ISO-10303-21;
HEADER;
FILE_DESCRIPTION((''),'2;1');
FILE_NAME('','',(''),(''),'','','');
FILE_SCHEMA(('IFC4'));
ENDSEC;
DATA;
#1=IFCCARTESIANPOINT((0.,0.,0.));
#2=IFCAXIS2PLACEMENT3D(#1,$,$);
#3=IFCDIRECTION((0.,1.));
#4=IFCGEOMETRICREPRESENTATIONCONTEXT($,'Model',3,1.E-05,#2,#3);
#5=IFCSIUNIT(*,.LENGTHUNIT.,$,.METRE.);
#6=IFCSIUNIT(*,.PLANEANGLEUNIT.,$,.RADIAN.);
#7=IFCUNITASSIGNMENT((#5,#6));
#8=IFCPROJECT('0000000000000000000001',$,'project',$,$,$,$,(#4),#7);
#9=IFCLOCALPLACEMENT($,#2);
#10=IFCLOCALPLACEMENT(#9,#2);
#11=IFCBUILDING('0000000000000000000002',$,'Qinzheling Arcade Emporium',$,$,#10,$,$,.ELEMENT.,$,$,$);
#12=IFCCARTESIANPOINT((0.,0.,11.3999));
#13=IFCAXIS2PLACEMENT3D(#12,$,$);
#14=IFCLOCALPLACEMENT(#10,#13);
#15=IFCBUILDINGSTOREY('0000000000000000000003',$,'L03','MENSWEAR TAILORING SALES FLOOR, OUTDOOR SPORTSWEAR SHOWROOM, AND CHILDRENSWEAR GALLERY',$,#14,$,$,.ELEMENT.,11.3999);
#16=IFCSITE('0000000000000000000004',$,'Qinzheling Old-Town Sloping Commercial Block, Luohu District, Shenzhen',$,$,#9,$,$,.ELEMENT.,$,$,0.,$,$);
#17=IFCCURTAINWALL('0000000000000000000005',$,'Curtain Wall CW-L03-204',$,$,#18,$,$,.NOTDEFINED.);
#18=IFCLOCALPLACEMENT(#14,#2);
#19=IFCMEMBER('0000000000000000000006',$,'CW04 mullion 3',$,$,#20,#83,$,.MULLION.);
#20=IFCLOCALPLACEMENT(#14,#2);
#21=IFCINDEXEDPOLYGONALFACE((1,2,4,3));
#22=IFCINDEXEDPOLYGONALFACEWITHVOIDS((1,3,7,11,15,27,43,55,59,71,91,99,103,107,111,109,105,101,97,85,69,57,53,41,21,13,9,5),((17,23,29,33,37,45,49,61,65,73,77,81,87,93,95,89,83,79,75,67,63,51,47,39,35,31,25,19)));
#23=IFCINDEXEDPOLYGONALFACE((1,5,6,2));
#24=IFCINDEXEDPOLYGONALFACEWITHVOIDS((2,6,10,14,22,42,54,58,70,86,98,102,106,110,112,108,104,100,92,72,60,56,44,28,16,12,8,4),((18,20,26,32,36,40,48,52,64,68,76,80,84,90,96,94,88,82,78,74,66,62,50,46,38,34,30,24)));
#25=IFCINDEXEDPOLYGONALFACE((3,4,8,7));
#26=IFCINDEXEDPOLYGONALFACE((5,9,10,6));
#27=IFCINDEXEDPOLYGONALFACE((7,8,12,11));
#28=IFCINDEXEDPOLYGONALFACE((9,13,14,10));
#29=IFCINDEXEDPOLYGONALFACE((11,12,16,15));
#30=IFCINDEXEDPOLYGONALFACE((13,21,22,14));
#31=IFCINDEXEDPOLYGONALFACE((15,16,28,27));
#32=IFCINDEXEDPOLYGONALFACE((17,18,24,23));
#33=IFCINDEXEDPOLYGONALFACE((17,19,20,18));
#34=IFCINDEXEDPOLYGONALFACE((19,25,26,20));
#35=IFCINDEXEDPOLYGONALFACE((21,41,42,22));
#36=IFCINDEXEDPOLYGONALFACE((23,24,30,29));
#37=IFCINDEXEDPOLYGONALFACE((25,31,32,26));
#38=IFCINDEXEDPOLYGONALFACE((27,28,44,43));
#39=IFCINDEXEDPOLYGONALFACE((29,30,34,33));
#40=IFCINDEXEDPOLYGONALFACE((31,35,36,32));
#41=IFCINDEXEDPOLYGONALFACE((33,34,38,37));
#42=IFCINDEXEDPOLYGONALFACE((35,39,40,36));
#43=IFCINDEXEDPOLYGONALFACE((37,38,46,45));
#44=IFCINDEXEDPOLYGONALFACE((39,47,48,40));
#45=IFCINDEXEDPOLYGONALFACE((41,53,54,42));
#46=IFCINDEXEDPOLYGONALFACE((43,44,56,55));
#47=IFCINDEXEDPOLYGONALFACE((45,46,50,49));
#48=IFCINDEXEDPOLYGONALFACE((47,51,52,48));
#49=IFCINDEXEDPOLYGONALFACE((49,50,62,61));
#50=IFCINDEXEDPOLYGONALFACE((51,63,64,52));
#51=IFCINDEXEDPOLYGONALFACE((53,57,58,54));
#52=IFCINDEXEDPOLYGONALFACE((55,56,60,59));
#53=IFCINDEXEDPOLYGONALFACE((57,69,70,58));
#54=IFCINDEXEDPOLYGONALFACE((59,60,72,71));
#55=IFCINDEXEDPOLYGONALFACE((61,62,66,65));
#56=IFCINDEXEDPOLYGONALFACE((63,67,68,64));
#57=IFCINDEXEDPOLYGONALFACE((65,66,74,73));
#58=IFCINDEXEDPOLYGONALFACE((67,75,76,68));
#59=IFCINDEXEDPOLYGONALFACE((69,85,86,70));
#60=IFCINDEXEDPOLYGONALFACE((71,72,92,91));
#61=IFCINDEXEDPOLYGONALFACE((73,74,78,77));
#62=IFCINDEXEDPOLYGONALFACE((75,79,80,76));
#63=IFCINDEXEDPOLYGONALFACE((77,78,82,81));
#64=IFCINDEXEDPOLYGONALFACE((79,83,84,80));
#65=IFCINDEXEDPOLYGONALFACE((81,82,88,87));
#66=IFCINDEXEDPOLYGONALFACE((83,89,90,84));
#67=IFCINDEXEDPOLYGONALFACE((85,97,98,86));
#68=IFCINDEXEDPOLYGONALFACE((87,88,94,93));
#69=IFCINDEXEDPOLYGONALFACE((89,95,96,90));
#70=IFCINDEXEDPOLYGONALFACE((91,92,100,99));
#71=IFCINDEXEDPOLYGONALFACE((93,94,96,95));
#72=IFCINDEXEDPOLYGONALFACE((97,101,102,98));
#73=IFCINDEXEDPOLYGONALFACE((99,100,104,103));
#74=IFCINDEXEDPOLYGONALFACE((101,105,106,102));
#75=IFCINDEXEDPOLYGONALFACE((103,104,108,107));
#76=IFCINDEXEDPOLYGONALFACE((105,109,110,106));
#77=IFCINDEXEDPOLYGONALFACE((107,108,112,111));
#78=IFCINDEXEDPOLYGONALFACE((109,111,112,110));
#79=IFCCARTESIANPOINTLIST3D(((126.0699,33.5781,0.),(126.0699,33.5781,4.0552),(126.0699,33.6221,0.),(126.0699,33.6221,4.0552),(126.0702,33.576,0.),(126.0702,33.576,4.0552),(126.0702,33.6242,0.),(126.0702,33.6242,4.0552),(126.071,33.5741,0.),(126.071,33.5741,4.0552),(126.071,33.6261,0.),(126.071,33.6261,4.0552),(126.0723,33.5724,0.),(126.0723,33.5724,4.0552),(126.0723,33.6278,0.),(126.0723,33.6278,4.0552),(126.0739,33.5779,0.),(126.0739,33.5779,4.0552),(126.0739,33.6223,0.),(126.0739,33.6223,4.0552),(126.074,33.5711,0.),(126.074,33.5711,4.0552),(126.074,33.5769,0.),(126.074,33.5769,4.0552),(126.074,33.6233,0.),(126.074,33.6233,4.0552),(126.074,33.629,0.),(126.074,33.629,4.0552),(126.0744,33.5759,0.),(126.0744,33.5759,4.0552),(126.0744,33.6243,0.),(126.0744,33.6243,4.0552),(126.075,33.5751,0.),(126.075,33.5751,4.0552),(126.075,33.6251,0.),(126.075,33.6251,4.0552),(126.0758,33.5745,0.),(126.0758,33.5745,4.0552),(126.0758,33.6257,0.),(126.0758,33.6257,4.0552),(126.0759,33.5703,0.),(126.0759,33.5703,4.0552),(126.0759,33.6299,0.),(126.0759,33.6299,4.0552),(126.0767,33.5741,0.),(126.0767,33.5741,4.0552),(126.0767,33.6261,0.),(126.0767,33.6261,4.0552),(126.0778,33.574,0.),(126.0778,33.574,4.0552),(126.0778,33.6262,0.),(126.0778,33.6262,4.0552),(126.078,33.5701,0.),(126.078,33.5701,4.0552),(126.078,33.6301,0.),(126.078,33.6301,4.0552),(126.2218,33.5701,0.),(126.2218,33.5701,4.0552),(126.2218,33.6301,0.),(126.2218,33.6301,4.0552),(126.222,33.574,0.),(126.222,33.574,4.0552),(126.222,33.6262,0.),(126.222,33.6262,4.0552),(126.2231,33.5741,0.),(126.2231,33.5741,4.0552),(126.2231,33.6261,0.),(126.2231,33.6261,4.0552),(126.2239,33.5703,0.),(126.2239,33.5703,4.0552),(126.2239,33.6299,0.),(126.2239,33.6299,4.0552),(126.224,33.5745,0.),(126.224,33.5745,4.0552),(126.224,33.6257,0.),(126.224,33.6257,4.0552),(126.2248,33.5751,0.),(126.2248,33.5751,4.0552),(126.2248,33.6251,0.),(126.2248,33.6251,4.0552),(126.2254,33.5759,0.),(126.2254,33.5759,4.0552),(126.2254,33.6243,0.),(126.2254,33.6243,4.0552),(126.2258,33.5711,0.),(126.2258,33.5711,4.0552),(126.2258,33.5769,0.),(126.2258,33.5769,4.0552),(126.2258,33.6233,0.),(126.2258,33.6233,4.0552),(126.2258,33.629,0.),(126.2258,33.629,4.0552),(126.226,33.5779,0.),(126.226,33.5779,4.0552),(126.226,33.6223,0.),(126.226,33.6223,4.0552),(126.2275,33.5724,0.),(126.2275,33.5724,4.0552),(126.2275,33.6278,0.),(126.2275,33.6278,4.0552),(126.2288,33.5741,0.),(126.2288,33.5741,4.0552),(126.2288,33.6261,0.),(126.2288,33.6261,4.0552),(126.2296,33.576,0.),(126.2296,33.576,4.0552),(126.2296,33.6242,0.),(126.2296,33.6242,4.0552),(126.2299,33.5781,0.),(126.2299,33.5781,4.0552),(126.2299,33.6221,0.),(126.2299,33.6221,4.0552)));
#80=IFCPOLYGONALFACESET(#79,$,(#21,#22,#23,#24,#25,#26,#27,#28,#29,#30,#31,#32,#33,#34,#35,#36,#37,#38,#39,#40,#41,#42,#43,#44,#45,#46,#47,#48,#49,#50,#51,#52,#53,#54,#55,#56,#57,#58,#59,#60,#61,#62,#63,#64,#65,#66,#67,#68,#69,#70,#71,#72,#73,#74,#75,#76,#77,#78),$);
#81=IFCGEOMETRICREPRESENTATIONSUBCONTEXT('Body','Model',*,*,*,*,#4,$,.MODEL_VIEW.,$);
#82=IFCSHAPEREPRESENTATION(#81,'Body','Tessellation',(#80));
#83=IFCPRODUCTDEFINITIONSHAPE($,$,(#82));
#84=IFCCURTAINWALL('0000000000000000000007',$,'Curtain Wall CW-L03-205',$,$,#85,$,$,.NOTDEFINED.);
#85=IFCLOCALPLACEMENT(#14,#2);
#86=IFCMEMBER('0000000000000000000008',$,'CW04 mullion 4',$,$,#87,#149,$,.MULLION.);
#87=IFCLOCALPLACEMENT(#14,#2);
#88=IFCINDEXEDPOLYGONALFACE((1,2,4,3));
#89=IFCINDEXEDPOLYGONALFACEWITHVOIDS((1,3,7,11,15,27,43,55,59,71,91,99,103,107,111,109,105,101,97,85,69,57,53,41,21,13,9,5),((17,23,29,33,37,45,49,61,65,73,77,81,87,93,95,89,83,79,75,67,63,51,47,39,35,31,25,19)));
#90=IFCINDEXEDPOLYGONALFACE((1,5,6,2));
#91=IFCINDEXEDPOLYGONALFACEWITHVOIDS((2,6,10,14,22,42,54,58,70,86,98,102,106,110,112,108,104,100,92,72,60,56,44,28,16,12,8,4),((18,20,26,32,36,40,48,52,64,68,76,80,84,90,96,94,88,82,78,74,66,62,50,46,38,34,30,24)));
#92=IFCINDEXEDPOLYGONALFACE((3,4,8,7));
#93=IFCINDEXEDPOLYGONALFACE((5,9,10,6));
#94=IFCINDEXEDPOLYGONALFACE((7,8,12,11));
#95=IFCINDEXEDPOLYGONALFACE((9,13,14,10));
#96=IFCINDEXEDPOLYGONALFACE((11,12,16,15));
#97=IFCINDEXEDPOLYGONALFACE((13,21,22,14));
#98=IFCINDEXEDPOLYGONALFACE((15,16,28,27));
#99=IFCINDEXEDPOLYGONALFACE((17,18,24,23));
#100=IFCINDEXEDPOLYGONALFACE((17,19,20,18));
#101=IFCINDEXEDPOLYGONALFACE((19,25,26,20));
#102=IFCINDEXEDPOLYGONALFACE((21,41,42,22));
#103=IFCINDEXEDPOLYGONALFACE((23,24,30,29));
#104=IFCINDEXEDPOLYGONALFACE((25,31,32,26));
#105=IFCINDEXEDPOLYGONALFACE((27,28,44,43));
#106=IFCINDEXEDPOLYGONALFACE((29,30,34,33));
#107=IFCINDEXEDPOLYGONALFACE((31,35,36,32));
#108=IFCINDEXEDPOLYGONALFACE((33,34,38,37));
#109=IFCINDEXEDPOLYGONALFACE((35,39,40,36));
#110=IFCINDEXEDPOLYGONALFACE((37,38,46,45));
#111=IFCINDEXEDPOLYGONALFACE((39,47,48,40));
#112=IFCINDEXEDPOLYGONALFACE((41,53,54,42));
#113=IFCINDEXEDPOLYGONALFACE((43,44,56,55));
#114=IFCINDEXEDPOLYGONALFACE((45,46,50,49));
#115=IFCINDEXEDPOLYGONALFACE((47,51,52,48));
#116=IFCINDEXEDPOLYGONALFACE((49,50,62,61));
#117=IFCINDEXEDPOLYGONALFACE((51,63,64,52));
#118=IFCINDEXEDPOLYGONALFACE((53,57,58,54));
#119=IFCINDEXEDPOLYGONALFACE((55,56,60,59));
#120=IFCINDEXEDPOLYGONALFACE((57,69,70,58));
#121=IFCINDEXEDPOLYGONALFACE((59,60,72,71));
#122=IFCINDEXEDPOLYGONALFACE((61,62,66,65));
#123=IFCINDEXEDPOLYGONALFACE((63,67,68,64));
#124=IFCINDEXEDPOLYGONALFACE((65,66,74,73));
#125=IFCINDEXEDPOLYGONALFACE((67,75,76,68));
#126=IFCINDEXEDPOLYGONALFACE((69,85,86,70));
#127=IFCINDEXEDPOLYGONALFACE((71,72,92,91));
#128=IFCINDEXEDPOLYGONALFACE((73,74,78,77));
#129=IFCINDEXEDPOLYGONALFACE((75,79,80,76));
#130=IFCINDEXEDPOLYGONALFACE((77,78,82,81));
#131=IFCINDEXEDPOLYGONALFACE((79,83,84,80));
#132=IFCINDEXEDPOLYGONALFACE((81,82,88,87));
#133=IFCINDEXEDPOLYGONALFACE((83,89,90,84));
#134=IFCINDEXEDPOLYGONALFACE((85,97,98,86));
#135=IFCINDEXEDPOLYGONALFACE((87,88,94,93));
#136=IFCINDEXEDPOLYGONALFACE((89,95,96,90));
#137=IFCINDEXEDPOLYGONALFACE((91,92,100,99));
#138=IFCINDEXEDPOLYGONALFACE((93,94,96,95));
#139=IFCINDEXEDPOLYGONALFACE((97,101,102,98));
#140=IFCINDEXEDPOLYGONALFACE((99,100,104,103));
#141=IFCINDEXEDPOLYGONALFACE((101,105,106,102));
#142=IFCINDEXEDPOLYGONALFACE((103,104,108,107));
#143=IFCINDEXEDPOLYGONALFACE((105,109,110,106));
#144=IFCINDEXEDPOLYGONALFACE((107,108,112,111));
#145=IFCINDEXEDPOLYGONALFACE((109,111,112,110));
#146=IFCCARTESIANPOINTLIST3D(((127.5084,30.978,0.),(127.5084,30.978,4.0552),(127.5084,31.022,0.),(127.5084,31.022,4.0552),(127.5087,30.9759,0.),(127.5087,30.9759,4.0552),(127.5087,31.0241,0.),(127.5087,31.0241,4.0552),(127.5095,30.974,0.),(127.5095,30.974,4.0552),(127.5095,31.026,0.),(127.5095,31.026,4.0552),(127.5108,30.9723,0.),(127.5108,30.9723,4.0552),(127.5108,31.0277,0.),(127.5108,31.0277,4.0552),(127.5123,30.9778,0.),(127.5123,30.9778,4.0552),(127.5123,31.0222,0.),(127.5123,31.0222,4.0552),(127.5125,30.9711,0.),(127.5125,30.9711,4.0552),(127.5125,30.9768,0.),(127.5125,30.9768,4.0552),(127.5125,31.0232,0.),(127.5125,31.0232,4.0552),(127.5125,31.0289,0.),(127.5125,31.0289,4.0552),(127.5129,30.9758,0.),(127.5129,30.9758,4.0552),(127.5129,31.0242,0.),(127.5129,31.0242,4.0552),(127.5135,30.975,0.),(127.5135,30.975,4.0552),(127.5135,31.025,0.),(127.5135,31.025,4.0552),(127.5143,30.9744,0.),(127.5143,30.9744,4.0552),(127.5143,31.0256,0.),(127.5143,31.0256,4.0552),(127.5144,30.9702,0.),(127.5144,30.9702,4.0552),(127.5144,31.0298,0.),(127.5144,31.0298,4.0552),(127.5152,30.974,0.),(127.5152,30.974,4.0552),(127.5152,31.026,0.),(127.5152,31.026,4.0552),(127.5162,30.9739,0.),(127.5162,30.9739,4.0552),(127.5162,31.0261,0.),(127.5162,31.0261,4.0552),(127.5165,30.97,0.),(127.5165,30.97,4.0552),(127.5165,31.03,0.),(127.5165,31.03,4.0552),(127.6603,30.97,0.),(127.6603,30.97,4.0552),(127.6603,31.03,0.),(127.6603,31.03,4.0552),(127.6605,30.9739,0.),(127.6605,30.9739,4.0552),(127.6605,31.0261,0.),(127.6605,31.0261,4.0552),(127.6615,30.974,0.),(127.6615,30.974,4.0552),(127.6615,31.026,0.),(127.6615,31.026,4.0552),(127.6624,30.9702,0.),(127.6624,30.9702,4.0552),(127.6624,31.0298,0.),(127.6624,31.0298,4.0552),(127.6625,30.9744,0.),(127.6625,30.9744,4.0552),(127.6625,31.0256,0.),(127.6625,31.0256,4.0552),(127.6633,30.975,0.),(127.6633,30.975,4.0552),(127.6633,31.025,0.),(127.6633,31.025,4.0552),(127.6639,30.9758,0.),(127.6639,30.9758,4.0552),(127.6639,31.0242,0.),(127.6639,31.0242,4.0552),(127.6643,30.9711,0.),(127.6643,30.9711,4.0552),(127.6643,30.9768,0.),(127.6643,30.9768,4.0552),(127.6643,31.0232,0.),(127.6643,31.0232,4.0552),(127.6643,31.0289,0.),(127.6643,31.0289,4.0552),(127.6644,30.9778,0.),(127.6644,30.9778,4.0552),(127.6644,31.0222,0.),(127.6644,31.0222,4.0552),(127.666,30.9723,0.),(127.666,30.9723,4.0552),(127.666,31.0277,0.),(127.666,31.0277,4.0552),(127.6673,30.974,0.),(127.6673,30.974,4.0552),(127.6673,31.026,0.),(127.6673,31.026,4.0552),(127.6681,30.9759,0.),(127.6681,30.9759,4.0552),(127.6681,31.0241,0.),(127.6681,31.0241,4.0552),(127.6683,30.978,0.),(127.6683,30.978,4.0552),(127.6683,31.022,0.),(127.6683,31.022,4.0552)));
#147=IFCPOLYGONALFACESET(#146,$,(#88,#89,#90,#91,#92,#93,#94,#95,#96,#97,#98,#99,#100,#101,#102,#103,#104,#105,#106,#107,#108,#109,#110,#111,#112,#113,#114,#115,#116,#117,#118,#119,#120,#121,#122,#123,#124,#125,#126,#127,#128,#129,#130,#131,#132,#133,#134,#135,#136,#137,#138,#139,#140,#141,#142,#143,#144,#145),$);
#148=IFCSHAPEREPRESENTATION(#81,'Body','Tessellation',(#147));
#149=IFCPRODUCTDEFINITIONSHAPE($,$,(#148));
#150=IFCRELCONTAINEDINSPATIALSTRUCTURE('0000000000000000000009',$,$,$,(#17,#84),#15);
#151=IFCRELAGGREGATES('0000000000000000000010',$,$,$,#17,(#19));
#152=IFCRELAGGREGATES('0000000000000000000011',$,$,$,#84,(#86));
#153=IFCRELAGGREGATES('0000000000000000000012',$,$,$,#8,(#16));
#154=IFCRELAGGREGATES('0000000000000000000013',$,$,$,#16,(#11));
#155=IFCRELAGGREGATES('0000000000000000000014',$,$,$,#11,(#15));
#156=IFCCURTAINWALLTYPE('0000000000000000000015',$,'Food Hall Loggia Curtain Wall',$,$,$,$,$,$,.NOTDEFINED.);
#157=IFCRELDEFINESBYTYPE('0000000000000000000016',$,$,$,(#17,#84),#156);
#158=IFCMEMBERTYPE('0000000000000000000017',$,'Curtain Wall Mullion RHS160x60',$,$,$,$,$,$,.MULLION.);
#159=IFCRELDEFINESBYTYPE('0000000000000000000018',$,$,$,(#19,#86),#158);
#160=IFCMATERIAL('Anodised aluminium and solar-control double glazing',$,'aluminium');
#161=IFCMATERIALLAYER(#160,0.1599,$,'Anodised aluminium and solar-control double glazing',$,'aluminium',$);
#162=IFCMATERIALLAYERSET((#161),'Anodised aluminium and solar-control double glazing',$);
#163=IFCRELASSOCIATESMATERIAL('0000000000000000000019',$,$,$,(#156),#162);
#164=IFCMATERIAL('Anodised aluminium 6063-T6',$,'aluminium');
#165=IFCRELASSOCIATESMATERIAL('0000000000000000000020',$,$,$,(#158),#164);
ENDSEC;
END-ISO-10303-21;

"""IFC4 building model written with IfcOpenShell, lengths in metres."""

from ifc_helpers import new_model, si_unit, direction, frame, origin, origin_2d, place, context, subcontext, project, spatial, hollow_rectangle, extrude, material, layer, layer_set, material_profile, profile_set, type_object, element, aggregate, save


model = new_model("IFC4")

# Units and contexts
model_context = context("Model", 3, precision=1e-05, world=origin(), true_north=direction((0.0, 1.0)))
body_context = subcontext(model_context, "Body", "Model", "MODEL_VIEW")
ifc_project = project(units=[si_unit("LENGTHUNIT", "METRE"), si_unit("PLANEANGLEUNIT", "RADIAN")], contexts=[model_context])

# Site, building, storey
site_placement = place(None, origin())
site = spatial("IfcSite", under=ifc_project, at=site_placement, Name="Qinzheling Old-Town Sloping Commercial Block, Luohu District, Shenzhen", CompositionType="ELEMENT", RefElevation=0.0)
building_placement = place(site_placement, origin())
building = spatial("IfcBuilding", under=site, at=building_placement, Name="Qinzheling Arcade Emporium", CompositionType="ELEMENT")
storey_placement = place(building_placement, frame((0.0, 0.0, 11.3999)))
storey = spatial("IfcBuildingStorey", under=building, at=storey_placement, Name="L03", Description="MENSWEAR TAILORING SALES FLOOR, OUTDOOR SPORTSWEAR SHOWROOM, AND CHILDRENSWEAR GALLERY", CompositionType="ELEMENT", Elevation=11.3999)

# Curtain wall, member
ifc_material_1 = material(Name="Anodised aluminium and solar-control double glazing", Category="aluminium")
ifc_layer_1 = layer(ifc_material_1, 0.1599, Name="Anodised aluminium and solar-control double glazing", Category="aluminium")
ifc_layer_set_1 = layer_set([ifc_layer_1], Name="Anodised aluminium and solar-control double glazing")
curtain_wall_type = type_object("IfcCurtainWallType", Name="Food Hall Loggia Curtain Wall", PredefinedType="NOTDEFINED", material=ifc_layer_set_1)
curtain_wall_1_placement = place(storey_placement, origin())
curtain_wall_1 = element("IfcCurtainWall", 1, at=curtain_wall_1_placement, inside=storey, type_object=curtain_wall_type, Name="Curtain Wall CW-L03-204", PredefinedType="NOTDEFINED")
ifc_material_2 = material(Name="Anodised aluminium 6063-T6", Category="aluminium")
ifc_material_profile_1 = material_profile(ifc_material_2, hollow_rectangle(XDim=0.0601, YDim=0.1599, WallThickness=0.0039, InnerFilletRadius=0.0039, OuterFilletRadius=0.0081, at=origin_2d()), Name="RHS 160x60x4", Category="aluminium")
ifc_profile_set_1 = profile_set([ifc_material_profile_1], Name="Anodised aluminium 6063-T6")
member_type_1 = type_object("IfcMemberType", Name="Curtain Wall Mullion RHS160x60", PredefinedType="MULLION", material=ifc_profile_set_1)
member_1_placement = place(storey_placement, frame((126.1499, 33.6001, 0.0), z_axis=(0.0, 0.0, 1.0), x_axis=(0.0, -1.0, 0.0)))
member_1 = element("IfcMember", 2, at=member_1_placement, type_object=member_type_1, Name="CW04 mullion 3", PredefinedType="MULLION", context=body_context, shape_type="SweptSolid", body=[
    extrude(hollow_rectangle(XDim=0.0601, YDim=0.1599, WallThickness=0.0039, InnerFilletRadius=0.0039, OuterFilletRadius=0.0081, at=origin_2d()), origin(), (0.0, 0.0, 1.0), 4.0552),
])

# Curtain wall, member
curtain_wall_2_placement = place(storey_placement, origin())
curtain_wall_2 = element("IfcCurtainWall", 3, at=curtain_wall_2_placement, inside=storey, type_object=curtain_wall_type, Name="Curtain Wall CW-L03-205", PredefinedType="NOTDEFINED")
member_2_placement = place(storey_placement, frame((127.5884, 31.0, 0.0), z_axis=(0.0, 0.0, 1.0), x_axis=(0.0, 1.0, 0.0)))
member_2 = element("IfcMember", 4, at=member_2_placement, type_object=member_type_1, Name="CW04 mullion 4", PredefinedType="MULLION", context=body_context, shape_type="SweptSolid", body=[
    extrude(hollow_rectangle(XDim=0.0601, YDim=0.1599, WallThickness=0.0039, InnerFilletRadius=0.0039, OuterFilletRadius=0.0081, at=origin_2d()), origin(), (0.0, 0.0, 1.0), 4.0552),
])

aggregate(curtain_wall_1, [member_1])

aggregate(curtain_wall_2, [member_2])

save(model, "model.ifc")
